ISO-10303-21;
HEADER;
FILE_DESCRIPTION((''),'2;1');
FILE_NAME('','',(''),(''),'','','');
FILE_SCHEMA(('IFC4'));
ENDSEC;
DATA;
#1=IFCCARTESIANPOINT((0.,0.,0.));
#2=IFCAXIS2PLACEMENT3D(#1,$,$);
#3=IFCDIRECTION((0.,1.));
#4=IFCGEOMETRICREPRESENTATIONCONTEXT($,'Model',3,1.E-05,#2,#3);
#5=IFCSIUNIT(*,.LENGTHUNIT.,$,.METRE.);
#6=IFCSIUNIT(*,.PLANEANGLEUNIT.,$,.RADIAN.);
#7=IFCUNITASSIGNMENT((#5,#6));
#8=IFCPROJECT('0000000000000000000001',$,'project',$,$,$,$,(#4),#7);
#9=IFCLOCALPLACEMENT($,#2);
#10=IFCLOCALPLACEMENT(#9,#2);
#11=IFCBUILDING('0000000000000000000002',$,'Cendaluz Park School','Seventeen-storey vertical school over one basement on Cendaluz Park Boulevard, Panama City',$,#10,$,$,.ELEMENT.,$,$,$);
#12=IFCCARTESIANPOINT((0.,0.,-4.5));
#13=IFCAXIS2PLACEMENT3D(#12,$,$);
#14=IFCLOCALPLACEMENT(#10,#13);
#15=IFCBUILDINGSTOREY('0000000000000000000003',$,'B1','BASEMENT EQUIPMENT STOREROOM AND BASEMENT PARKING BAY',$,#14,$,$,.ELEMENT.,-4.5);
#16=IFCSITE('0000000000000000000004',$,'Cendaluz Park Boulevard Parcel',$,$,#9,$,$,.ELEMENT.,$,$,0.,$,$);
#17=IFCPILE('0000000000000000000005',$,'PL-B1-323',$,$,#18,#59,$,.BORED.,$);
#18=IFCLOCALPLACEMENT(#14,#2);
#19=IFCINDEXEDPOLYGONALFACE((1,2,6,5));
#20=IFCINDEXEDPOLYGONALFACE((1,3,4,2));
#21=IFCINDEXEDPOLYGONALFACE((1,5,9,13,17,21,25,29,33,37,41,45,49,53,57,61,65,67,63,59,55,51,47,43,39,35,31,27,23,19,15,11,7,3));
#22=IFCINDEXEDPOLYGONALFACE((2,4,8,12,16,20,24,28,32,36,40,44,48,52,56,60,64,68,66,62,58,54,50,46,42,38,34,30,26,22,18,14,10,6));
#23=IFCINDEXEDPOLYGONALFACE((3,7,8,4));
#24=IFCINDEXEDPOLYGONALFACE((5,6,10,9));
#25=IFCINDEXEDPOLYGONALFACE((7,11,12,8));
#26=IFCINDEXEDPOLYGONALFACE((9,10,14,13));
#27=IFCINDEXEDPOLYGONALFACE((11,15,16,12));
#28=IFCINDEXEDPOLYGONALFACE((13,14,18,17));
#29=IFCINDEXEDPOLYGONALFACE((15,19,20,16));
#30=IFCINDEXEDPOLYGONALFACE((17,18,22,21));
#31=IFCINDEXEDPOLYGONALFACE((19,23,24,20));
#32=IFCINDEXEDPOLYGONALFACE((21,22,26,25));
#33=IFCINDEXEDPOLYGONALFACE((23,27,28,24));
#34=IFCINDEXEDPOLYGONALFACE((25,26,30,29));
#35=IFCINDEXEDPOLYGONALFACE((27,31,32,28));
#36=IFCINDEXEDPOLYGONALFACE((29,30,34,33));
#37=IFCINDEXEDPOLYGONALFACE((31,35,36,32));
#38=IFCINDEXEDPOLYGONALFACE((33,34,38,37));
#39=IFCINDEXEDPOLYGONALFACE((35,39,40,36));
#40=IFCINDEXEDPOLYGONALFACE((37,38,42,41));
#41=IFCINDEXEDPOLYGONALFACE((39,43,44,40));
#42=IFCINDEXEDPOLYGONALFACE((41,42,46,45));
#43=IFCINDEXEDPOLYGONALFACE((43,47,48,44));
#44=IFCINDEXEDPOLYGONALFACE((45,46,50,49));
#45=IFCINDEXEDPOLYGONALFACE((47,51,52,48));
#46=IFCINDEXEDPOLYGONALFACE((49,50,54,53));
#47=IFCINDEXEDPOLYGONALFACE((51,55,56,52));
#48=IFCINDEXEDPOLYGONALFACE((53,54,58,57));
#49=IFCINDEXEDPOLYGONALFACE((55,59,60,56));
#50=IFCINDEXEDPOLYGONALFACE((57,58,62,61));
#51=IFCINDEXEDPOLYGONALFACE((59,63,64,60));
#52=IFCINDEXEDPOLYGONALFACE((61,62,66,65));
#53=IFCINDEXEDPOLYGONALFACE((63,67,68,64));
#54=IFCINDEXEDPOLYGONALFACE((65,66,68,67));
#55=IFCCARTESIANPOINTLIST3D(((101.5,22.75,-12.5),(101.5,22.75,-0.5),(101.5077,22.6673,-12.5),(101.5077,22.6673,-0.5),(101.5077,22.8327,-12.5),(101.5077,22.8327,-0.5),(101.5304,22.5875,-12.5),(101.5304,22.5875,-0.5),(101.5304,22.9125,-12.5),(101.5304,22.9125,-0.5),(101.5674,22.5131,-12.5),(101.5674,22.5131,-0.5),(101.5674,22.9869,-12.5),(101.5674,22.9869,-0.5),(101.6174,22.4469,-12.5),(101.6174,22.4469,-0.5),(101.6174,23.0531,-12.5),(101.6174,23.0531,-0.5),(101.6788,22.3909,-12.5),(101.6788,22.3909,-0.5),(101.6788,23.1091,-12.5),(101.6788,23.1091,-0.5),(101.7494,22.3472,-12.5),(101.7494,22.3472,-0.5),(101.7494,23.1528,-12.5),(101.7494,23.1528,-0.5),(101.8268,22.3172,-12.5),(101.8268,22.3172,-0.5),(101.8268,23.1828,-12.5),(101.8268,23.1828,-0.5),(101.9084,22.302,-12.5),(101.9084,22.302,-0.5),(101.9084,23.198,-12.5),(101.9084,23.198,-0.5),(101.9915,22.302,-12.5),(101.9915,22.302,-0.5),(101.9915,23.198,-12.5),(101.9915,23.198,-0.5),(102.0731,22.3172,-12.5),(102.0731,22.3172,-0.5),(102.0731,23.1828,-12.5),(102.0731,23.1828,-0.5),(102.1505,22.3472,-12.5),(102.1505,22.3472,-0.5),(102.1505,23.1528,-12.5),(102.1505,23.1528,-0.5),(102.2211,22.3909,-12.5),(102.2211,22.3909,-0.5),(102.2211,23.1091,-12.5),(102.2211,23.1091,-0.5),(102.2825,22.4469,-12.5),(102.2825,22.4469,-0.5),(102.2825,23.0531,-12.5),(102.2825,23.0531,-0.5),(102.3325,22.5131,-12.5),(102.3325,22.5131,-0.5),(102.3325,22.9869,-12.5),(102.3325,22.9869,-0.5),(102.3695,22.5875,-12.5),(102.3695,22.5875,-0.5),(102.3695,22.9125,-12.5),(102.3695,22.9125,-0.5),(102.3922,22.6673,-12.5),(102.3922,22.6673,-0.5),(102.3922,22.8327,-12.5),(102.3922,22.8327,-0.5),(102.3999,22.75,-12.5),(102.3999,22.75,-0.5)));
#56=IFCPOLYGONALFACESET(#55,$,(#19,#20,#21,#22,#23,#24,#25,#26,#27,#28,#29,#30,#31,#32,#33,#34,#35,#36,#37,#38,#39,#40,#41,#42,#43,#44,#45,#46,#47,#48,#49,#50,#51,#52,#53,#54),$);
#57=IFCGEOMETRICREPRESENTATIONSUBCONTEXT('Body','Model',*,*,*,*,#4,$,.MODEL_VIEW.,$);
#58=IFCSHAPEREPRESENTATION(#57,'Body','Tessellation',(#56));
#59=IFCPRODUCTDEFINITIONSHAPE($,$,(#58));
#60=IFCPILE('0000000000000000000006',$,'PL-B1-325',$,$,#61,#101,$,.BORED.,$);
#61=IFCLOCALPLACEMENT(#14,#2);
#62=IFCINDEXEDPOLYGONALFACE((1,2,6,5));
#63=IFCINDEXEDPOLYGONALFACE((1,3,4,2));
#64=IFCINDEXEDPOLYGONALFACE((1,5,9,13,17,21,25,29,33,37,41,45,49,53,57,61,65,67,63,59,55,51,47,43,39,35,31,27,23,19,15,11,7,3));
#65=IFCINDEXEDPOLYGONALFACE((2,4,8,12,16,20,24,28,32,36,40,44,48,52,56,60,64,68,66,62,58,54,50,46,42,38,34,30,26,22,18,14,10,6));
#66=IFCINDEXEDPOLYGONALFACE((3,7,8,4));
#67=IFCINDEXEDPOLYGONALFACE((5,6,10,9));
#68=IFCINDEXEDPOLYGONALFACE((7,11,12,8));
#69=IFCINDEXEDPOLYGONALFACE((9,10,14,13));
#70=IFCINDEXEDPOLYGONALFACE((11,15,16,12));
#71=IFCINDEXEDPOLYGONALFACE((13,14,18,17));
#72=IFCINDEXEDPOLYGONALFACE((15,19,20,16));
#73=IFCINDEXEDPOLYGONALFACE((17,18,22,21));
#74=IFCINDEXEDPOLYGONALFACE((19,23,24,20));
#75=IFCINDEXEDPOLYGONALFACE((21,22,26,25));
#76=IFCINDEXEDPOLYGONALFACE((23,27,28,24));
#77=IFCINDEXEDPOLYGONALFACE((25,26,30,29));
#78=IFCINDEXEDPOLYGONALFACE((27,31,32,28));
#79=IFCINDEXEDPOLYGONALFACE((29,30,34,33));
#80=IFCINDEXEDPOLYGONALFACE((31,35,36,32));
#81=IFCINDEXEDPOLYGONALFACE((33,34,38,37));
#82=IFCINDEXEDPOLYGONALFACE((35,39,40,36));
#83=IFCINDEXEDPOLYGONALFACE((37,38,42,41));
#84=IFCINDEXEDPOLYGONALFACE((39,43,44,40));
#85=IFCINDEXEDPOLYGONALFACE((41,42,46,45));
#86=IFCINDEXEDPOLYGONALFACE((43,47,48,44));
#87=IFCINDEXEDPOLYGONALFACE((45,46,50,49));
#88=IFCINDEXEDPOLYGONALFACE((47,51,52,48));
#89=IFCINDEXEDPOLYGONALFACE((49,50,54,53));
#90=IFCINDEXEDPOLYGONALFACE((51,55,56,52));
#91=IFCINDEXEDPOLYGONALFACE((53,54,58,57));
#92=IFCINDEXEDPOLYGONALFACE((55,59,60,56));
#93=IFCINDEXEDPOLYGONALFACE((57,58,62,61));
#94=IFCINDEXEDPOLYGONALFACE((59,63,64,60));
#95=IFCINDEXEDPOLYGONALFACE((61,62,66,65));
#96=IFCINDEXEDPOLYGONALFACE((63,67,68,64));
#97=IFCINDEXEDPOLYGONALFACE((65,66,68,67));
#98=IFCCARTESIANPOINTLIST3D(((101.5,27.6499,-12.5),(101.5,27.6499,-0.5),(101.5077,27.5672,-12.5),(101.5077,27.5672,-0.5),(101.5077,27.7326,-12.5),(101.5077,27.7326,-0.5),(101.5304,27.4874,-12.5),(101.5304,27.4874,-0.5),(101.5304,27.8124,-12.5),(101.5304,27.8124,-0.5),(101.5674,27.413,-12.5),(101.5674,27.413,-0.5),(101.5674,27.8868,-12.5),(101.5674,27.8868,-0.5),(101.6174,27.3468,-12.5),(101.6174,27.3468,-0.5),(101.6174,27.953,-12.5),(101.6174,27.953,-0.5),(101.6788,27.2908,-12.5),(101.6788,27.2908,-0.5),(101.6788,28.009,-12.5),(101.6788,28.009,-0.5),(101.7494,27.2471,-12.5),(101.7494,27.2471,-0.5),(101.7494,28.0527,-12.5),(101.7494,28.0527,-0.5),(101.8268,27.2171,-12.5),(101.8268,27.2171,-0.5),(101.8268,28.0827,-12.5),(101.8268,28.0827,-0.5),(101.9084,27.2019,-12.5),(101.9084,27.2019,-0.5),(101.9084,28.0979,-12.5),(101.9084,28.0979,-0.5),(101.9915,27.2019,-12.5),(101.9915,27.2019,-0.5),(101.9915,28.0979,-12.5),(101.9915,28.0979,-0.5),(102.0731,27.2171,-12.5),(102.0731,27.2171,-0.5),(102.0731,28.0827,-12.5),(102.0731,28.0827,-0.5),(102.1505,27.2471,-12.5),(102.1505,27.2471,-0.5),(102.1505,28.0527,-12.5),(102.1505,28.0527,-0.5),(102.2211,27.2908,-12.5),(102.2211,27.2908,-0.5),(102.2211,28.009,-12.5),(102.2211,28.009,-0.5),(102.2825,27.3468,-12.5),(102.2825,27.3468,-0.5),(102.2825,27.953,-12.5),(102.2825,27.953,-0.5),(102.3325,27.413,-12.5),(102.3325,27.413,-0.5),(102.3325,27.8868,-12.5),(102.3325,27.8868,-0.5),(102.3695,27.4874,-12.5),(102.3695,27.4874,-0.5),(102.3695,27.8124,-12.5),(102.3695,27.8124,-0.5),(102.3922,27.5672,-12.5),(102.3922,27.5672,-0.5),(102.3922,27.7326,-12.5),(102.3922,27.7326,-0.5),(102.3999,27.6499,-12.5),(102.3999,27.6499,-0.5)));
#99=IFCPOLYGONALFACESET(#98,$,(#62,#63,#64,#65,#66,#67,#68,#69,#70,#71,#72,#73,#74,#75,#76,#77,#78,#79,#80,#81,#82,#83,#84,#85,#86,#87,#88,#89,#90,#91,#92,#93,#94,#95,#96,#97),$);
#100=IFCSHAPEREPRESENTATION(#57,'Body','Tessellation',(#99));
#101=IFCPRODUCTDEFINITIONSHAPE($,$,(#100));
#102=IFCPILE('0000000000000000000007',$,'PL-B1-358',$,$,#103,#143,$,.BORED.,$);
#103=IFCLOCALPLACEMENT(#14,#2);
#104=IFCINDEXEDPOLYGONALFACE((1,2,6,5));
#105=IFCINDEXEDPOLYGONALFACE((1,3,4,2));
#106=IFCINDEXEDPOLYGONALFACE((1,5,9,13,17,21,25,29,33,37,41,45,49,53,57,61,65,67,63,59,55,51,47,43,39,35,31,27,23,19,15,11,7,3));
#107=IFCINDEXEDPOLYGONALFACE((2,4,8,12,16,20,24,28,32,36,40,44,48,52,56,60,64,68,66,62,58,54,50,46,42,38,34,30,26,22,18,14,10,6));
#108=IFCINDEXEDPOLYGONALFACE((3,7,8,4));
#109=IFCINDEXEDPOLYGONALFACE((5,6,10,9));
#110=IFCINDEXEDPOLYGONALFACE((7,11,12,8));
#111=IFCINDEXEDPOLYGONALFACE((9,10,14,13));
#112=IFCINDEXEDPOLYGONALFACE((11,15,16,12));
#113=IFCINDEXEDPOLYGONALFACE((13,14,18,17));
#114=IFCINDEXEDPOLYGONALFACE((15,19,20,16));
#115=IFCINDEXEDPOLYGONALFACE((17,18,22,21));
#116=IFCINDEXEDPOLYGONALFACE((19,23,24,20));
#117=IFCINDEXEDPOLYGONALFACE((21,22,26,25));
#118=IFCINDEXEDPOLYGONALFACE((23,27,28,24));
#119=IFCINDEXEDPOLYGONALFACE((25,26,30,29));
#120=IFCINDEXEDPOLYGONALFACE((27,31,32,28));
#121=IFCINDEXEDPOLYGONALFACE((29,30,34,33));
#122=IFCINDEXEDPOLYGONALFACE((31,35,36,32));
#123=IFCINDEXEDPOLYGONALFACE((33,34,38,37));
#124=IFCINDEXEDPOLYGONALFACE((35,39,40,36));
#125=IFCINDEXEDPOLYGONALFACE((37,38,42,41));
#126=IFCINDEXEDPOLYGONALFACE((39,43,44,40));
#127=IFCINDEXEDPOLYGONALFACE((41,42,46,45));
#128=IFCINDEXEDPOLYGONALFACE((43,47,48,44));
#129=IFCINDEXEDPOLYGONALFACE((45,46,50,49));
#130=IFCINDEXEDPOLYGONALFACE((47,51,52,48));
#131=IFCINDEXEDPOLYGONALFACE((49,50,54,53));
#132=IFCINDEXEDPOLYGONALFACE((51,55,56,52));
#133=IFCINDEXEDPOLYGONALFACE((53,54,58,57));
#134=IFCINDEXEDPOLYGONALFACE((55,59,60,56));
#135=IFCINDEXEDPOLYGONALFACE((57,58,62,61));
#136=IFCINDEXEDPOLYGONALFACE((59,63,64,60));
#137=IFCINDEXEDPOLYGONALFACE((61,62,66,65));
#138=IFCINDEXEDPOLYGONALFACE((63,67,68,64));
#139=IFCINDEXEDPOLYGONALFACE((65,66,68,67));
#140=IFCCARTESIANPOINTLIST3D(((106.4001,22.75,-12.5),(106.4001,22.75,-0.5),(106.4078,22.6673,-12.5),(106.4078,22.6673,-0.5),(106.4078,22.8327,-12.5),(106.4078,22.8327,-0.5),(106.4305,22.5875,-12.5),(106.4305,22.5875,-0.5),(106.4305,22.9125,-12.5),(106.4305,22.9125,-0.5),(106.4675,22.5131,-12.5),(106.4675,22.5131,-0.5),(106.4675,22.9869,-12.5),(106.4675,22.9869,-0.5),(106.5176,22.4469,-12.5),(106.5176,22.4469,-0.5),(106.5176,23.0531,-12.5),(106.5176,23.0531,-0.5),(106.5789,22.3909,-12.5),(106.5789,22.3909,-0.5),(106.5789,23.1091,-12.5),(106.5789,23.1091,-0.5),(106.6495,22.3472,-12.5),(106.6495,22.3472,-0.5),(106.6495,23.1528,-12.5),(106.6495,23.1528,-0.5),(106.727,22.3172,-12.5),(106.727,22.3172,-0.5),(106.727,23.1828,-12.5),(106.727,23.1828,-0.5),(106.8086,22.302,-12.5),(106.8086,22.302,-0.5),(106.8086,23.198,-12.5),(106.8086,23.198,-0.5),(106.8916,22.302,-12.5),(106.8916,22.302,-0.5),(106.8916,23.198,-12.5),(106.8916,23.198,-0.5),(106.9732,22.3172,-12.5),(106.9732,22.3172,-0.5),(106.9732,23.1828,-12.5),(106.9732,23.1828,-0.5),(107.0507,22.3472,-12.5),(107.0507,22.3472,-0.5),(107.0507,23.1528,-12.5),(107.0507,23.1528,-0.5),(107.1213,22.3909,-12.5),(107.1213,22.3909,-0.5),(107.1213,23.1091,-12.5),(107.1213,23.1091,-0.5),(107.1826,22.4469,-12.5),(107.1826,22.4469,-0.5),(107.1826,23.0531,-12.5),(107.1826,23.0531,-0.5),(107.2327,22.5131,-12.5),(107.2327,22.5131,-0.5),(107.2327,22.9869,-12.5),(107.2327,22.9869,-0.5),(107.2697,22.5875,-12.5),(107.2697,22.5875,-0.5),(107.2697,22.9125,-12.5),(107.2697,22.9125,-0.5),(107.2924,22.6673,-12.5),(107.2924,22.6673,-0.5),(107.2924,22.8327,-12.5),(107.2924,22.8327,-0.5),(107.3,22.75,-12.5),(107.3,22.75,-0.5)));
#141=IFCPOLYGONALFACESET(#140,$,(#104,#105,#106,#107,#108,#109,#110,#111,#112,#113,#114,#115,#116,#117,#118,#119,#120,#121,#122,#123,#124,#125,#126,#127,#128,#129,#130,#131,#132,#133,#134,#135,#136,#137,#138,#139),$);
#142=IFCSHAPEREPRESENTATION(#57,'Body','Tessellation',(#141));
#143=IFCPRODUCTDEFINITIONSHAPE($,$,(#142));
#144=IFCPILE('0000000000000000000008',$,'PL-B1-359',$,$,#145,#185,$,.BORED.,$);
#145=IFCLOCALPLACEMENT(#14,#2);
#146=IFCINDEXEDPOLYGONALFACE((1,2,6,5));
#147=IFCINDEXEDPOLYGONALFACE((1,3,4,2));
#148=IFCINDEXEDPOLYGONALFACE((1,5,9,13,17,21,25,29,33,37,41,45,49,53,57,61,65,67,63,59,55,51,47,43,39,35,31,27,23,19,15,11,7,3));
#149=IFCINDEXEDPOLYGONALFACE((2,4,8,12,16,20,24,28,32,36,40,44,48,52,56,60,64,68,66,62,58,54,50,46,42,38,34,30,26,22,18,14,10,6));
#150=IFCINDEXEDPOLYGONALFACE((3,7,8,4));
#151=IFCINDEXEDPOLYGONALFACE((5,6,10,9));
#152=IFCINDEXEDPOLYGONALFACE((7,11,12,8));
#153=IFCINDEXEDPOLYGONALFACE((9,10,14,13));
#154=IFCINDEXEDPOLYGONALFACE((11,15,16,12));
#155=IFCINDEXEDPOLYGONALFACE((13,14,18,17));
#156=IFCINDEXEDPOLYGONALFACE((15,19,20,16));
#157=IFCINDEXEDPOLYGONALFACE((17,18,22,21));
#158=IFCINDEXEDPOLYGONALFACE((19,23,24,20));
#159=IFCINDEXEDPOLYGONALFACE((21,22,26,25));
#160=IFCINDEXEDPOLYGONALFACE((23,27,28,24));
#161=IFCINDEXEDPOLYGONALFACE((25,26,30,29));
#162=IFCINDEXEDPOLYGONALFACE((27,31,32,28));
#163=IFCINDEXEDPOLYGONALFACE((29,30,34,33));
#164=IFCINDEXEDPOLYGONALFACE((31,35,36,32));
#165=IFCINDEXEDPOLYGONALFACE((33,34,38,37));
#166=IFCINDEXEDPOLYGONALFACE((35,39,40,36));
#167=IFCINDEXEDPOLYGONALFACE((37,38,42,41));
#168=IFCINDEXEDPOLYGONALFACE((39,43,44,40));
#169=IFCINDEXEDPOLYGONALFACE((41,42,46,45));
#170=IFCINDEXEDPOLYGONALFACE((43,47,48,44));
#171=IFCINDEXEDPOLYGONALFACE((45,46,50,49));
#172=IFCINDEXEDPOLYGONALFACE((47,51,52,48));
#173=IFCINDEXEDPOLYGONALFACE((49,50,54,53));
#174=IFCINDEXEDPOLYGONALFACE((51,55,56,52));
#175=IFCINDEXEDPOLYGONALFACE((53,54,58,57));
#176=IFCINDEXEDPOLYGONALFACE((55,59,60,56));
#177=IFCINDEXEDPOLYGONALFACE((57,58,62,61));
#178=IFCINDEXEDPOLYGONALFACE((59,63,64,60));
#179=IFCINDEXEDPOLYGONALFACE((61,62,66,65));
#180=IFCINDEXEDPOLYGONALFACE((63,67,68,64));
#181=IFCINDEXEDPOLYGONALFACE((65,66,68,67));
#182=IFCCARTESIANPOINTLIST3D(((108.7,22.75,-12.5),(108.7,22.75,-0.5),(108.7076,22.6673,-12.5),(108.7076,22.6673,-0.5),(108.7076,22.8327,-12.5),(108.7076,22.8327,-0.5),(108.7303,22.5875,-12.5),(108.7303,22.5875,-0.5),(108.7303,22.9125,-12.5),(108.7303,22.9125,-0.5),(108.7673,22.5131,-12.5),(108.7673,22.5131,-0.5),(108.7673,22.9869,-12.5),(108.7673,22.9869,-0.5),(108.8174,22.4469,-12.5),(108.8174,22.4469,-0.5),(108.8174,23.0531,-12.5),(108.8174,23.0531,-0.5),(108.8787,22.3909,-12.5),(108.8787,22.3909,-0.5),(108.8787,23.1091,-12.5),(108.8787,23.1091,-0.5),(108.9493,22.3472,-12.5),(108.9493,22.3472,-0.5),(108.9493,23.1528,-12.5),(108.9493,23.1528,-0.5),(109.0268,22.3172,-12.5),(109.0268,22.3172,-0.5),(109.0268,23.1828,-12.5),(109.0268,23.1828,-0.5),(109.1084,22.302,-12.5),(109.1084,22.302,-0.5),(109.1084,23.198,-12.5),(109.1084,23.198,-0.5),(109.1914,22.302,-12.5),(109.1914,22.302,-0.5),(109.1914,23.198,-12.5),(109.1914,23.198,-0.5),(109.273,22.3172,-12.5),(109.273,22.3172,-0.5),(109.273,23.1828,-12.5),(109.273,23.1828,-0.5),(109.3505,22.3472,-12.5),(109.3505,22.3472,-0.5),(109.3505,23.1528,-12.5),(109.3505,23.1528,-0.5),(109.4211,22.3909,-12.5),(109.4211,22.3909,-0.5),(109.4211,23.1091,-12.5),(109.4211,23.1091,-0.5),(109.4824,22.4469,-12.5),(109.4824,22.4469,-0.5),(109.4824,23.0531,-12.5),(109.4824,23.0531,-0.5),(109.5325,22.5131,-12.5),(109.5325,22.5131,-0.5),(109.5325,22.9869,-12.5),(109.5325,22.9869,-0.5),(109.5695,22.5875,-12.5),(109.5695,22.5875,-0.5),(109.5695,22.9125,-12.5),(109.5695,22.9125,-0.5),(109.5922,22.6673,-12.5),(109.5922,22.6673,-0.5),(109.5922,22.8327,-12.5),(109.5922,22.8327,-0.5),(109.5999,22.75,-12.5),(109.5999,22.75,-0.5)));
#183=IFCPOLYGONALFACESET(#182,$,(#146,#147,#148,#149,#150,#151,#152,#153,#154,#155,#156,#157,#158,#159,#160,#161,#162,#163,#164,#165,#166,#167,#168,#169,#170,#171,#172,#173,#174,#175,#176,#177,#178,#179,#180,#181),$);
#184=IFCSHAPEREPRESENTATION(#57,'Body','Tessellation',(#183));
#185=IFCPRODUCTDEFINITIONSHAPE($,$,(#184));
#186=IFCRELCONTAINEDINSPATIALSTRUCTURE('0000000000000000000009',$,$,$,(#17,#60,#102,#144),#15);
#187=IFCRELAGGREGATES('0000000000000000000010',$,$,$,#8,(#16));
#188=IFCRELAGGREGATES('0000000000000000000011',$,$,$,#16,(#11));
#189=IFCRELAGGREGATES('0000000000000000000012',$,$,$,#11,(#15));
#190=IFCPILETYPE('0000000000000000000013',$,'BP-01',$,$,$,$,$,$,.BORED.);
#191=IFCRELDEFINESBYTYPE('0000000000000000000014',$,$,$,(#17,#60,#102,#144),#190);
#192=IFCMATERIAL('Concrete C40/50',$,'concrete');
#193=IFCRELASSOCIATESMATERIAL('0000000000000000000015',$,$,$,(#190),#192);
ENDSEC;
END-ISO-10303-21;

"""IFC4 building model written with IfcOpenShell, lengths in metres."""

from ifc_helpers import new_model, si_unit, direction, frame, origin, origin_2d, place, context, subcontext, project, spatial, circle, extrude, material, material_profile, profile_set, type_object, element, save


model = new_model("IFC4")

# Units and contexts
model_context = context("Model", 3, precision=1e-05, world=origin(), true_north=direction((0.0, 1.0)))
body_context = subcontext(model_context, "Body", "Model", "MODEL_VIEW")
ifc_project = project(units=[si_unit("LENGTHUNIT", "METRE"), si_unit("PLANEANGLEUNIT", "RADIAN")], contexts=[model_context])

# Site, building, storey
site_placement = place(None, origin())
site = spatial("IfcSite", under=ifc_project, at=site_placement, Name="Cendaluz Park Boulevard Parcel", CompositionType="ELEMENT", RefElevation=0.0)
building_placement = place(site_placement, origin())
building = spatial("IfcBuilding", under=site, at=building_placement, Name="Cendaluz Park School", Description="Seventeen-storey vertical school over one basement on Cendaluz Park Boulevard, Panama City", CompositionType="ELEMENT")
storey_placement = place(building_placement, frame((0.0, 0.0, -4.5)))
storey = spatial("IfcBuildingStorey", under=building, at=storey_placement, Name="B1", Description="BASEMENT EQUIPMENT STOREROOM AND BASEMENT PARKING BAY", CompositionType="ELEMENT", Elevation=-4.5)

# Piles
ifc_material_1 = material(Name="Concrete C40/50", Category="concrete")
ifc_material_profile_1 = material_profile(ifc_material_1, circle(Radius=0.45, at=origin_2d()), Name="BP D900", Category="concrete")
ifc_profile_set_1 = profile_set([ifc_material_profile_1], Name="Concrete C40/50")
pile_type_1 = type_object("IfcPileType", Name="BP-01", PredefinedType="BORED", material=ifc_profile_set_1)
for number, where, z_axis, x_axis, name in (
    (1, (101.95, 22.75, -0.5), (0.0, 0.0, -1.0), (1.0, 0.0, 0.0), "PL-B1-323"),
    (2, (101.95, 27.6499, -0.5), (0.0, 0.0, -1.0), (1.0, 0.0, 0.0), "PL-B1-325"),
    (3, (106.8501, 22.75, -0.5), (0.0, 0.0, -1.0), (1.0, 0.0, 0.0), "PL-B1-358"),
    (4, (109.1499, 22.75, -0.5), (0.0, 0.0, -1.0), (1.0, 0.0, 0.0), "PL-B1-359"),
):
    element("IfcPile", number, at=place(storey_placement, frame(where, z_axis=z_axis, x_axis=x_axis)), inside=storey, type_object=pile_type_1, Name=name, PredefinedType="BORED", context=body_context, shape_type="SweptSolid", body=[
        extrude(circle(Radius=0.45, at=origin_2d()), origin(), (0.0, 0.0, 1.0), 12.0),
    ])

save(model, "model.ifc")
